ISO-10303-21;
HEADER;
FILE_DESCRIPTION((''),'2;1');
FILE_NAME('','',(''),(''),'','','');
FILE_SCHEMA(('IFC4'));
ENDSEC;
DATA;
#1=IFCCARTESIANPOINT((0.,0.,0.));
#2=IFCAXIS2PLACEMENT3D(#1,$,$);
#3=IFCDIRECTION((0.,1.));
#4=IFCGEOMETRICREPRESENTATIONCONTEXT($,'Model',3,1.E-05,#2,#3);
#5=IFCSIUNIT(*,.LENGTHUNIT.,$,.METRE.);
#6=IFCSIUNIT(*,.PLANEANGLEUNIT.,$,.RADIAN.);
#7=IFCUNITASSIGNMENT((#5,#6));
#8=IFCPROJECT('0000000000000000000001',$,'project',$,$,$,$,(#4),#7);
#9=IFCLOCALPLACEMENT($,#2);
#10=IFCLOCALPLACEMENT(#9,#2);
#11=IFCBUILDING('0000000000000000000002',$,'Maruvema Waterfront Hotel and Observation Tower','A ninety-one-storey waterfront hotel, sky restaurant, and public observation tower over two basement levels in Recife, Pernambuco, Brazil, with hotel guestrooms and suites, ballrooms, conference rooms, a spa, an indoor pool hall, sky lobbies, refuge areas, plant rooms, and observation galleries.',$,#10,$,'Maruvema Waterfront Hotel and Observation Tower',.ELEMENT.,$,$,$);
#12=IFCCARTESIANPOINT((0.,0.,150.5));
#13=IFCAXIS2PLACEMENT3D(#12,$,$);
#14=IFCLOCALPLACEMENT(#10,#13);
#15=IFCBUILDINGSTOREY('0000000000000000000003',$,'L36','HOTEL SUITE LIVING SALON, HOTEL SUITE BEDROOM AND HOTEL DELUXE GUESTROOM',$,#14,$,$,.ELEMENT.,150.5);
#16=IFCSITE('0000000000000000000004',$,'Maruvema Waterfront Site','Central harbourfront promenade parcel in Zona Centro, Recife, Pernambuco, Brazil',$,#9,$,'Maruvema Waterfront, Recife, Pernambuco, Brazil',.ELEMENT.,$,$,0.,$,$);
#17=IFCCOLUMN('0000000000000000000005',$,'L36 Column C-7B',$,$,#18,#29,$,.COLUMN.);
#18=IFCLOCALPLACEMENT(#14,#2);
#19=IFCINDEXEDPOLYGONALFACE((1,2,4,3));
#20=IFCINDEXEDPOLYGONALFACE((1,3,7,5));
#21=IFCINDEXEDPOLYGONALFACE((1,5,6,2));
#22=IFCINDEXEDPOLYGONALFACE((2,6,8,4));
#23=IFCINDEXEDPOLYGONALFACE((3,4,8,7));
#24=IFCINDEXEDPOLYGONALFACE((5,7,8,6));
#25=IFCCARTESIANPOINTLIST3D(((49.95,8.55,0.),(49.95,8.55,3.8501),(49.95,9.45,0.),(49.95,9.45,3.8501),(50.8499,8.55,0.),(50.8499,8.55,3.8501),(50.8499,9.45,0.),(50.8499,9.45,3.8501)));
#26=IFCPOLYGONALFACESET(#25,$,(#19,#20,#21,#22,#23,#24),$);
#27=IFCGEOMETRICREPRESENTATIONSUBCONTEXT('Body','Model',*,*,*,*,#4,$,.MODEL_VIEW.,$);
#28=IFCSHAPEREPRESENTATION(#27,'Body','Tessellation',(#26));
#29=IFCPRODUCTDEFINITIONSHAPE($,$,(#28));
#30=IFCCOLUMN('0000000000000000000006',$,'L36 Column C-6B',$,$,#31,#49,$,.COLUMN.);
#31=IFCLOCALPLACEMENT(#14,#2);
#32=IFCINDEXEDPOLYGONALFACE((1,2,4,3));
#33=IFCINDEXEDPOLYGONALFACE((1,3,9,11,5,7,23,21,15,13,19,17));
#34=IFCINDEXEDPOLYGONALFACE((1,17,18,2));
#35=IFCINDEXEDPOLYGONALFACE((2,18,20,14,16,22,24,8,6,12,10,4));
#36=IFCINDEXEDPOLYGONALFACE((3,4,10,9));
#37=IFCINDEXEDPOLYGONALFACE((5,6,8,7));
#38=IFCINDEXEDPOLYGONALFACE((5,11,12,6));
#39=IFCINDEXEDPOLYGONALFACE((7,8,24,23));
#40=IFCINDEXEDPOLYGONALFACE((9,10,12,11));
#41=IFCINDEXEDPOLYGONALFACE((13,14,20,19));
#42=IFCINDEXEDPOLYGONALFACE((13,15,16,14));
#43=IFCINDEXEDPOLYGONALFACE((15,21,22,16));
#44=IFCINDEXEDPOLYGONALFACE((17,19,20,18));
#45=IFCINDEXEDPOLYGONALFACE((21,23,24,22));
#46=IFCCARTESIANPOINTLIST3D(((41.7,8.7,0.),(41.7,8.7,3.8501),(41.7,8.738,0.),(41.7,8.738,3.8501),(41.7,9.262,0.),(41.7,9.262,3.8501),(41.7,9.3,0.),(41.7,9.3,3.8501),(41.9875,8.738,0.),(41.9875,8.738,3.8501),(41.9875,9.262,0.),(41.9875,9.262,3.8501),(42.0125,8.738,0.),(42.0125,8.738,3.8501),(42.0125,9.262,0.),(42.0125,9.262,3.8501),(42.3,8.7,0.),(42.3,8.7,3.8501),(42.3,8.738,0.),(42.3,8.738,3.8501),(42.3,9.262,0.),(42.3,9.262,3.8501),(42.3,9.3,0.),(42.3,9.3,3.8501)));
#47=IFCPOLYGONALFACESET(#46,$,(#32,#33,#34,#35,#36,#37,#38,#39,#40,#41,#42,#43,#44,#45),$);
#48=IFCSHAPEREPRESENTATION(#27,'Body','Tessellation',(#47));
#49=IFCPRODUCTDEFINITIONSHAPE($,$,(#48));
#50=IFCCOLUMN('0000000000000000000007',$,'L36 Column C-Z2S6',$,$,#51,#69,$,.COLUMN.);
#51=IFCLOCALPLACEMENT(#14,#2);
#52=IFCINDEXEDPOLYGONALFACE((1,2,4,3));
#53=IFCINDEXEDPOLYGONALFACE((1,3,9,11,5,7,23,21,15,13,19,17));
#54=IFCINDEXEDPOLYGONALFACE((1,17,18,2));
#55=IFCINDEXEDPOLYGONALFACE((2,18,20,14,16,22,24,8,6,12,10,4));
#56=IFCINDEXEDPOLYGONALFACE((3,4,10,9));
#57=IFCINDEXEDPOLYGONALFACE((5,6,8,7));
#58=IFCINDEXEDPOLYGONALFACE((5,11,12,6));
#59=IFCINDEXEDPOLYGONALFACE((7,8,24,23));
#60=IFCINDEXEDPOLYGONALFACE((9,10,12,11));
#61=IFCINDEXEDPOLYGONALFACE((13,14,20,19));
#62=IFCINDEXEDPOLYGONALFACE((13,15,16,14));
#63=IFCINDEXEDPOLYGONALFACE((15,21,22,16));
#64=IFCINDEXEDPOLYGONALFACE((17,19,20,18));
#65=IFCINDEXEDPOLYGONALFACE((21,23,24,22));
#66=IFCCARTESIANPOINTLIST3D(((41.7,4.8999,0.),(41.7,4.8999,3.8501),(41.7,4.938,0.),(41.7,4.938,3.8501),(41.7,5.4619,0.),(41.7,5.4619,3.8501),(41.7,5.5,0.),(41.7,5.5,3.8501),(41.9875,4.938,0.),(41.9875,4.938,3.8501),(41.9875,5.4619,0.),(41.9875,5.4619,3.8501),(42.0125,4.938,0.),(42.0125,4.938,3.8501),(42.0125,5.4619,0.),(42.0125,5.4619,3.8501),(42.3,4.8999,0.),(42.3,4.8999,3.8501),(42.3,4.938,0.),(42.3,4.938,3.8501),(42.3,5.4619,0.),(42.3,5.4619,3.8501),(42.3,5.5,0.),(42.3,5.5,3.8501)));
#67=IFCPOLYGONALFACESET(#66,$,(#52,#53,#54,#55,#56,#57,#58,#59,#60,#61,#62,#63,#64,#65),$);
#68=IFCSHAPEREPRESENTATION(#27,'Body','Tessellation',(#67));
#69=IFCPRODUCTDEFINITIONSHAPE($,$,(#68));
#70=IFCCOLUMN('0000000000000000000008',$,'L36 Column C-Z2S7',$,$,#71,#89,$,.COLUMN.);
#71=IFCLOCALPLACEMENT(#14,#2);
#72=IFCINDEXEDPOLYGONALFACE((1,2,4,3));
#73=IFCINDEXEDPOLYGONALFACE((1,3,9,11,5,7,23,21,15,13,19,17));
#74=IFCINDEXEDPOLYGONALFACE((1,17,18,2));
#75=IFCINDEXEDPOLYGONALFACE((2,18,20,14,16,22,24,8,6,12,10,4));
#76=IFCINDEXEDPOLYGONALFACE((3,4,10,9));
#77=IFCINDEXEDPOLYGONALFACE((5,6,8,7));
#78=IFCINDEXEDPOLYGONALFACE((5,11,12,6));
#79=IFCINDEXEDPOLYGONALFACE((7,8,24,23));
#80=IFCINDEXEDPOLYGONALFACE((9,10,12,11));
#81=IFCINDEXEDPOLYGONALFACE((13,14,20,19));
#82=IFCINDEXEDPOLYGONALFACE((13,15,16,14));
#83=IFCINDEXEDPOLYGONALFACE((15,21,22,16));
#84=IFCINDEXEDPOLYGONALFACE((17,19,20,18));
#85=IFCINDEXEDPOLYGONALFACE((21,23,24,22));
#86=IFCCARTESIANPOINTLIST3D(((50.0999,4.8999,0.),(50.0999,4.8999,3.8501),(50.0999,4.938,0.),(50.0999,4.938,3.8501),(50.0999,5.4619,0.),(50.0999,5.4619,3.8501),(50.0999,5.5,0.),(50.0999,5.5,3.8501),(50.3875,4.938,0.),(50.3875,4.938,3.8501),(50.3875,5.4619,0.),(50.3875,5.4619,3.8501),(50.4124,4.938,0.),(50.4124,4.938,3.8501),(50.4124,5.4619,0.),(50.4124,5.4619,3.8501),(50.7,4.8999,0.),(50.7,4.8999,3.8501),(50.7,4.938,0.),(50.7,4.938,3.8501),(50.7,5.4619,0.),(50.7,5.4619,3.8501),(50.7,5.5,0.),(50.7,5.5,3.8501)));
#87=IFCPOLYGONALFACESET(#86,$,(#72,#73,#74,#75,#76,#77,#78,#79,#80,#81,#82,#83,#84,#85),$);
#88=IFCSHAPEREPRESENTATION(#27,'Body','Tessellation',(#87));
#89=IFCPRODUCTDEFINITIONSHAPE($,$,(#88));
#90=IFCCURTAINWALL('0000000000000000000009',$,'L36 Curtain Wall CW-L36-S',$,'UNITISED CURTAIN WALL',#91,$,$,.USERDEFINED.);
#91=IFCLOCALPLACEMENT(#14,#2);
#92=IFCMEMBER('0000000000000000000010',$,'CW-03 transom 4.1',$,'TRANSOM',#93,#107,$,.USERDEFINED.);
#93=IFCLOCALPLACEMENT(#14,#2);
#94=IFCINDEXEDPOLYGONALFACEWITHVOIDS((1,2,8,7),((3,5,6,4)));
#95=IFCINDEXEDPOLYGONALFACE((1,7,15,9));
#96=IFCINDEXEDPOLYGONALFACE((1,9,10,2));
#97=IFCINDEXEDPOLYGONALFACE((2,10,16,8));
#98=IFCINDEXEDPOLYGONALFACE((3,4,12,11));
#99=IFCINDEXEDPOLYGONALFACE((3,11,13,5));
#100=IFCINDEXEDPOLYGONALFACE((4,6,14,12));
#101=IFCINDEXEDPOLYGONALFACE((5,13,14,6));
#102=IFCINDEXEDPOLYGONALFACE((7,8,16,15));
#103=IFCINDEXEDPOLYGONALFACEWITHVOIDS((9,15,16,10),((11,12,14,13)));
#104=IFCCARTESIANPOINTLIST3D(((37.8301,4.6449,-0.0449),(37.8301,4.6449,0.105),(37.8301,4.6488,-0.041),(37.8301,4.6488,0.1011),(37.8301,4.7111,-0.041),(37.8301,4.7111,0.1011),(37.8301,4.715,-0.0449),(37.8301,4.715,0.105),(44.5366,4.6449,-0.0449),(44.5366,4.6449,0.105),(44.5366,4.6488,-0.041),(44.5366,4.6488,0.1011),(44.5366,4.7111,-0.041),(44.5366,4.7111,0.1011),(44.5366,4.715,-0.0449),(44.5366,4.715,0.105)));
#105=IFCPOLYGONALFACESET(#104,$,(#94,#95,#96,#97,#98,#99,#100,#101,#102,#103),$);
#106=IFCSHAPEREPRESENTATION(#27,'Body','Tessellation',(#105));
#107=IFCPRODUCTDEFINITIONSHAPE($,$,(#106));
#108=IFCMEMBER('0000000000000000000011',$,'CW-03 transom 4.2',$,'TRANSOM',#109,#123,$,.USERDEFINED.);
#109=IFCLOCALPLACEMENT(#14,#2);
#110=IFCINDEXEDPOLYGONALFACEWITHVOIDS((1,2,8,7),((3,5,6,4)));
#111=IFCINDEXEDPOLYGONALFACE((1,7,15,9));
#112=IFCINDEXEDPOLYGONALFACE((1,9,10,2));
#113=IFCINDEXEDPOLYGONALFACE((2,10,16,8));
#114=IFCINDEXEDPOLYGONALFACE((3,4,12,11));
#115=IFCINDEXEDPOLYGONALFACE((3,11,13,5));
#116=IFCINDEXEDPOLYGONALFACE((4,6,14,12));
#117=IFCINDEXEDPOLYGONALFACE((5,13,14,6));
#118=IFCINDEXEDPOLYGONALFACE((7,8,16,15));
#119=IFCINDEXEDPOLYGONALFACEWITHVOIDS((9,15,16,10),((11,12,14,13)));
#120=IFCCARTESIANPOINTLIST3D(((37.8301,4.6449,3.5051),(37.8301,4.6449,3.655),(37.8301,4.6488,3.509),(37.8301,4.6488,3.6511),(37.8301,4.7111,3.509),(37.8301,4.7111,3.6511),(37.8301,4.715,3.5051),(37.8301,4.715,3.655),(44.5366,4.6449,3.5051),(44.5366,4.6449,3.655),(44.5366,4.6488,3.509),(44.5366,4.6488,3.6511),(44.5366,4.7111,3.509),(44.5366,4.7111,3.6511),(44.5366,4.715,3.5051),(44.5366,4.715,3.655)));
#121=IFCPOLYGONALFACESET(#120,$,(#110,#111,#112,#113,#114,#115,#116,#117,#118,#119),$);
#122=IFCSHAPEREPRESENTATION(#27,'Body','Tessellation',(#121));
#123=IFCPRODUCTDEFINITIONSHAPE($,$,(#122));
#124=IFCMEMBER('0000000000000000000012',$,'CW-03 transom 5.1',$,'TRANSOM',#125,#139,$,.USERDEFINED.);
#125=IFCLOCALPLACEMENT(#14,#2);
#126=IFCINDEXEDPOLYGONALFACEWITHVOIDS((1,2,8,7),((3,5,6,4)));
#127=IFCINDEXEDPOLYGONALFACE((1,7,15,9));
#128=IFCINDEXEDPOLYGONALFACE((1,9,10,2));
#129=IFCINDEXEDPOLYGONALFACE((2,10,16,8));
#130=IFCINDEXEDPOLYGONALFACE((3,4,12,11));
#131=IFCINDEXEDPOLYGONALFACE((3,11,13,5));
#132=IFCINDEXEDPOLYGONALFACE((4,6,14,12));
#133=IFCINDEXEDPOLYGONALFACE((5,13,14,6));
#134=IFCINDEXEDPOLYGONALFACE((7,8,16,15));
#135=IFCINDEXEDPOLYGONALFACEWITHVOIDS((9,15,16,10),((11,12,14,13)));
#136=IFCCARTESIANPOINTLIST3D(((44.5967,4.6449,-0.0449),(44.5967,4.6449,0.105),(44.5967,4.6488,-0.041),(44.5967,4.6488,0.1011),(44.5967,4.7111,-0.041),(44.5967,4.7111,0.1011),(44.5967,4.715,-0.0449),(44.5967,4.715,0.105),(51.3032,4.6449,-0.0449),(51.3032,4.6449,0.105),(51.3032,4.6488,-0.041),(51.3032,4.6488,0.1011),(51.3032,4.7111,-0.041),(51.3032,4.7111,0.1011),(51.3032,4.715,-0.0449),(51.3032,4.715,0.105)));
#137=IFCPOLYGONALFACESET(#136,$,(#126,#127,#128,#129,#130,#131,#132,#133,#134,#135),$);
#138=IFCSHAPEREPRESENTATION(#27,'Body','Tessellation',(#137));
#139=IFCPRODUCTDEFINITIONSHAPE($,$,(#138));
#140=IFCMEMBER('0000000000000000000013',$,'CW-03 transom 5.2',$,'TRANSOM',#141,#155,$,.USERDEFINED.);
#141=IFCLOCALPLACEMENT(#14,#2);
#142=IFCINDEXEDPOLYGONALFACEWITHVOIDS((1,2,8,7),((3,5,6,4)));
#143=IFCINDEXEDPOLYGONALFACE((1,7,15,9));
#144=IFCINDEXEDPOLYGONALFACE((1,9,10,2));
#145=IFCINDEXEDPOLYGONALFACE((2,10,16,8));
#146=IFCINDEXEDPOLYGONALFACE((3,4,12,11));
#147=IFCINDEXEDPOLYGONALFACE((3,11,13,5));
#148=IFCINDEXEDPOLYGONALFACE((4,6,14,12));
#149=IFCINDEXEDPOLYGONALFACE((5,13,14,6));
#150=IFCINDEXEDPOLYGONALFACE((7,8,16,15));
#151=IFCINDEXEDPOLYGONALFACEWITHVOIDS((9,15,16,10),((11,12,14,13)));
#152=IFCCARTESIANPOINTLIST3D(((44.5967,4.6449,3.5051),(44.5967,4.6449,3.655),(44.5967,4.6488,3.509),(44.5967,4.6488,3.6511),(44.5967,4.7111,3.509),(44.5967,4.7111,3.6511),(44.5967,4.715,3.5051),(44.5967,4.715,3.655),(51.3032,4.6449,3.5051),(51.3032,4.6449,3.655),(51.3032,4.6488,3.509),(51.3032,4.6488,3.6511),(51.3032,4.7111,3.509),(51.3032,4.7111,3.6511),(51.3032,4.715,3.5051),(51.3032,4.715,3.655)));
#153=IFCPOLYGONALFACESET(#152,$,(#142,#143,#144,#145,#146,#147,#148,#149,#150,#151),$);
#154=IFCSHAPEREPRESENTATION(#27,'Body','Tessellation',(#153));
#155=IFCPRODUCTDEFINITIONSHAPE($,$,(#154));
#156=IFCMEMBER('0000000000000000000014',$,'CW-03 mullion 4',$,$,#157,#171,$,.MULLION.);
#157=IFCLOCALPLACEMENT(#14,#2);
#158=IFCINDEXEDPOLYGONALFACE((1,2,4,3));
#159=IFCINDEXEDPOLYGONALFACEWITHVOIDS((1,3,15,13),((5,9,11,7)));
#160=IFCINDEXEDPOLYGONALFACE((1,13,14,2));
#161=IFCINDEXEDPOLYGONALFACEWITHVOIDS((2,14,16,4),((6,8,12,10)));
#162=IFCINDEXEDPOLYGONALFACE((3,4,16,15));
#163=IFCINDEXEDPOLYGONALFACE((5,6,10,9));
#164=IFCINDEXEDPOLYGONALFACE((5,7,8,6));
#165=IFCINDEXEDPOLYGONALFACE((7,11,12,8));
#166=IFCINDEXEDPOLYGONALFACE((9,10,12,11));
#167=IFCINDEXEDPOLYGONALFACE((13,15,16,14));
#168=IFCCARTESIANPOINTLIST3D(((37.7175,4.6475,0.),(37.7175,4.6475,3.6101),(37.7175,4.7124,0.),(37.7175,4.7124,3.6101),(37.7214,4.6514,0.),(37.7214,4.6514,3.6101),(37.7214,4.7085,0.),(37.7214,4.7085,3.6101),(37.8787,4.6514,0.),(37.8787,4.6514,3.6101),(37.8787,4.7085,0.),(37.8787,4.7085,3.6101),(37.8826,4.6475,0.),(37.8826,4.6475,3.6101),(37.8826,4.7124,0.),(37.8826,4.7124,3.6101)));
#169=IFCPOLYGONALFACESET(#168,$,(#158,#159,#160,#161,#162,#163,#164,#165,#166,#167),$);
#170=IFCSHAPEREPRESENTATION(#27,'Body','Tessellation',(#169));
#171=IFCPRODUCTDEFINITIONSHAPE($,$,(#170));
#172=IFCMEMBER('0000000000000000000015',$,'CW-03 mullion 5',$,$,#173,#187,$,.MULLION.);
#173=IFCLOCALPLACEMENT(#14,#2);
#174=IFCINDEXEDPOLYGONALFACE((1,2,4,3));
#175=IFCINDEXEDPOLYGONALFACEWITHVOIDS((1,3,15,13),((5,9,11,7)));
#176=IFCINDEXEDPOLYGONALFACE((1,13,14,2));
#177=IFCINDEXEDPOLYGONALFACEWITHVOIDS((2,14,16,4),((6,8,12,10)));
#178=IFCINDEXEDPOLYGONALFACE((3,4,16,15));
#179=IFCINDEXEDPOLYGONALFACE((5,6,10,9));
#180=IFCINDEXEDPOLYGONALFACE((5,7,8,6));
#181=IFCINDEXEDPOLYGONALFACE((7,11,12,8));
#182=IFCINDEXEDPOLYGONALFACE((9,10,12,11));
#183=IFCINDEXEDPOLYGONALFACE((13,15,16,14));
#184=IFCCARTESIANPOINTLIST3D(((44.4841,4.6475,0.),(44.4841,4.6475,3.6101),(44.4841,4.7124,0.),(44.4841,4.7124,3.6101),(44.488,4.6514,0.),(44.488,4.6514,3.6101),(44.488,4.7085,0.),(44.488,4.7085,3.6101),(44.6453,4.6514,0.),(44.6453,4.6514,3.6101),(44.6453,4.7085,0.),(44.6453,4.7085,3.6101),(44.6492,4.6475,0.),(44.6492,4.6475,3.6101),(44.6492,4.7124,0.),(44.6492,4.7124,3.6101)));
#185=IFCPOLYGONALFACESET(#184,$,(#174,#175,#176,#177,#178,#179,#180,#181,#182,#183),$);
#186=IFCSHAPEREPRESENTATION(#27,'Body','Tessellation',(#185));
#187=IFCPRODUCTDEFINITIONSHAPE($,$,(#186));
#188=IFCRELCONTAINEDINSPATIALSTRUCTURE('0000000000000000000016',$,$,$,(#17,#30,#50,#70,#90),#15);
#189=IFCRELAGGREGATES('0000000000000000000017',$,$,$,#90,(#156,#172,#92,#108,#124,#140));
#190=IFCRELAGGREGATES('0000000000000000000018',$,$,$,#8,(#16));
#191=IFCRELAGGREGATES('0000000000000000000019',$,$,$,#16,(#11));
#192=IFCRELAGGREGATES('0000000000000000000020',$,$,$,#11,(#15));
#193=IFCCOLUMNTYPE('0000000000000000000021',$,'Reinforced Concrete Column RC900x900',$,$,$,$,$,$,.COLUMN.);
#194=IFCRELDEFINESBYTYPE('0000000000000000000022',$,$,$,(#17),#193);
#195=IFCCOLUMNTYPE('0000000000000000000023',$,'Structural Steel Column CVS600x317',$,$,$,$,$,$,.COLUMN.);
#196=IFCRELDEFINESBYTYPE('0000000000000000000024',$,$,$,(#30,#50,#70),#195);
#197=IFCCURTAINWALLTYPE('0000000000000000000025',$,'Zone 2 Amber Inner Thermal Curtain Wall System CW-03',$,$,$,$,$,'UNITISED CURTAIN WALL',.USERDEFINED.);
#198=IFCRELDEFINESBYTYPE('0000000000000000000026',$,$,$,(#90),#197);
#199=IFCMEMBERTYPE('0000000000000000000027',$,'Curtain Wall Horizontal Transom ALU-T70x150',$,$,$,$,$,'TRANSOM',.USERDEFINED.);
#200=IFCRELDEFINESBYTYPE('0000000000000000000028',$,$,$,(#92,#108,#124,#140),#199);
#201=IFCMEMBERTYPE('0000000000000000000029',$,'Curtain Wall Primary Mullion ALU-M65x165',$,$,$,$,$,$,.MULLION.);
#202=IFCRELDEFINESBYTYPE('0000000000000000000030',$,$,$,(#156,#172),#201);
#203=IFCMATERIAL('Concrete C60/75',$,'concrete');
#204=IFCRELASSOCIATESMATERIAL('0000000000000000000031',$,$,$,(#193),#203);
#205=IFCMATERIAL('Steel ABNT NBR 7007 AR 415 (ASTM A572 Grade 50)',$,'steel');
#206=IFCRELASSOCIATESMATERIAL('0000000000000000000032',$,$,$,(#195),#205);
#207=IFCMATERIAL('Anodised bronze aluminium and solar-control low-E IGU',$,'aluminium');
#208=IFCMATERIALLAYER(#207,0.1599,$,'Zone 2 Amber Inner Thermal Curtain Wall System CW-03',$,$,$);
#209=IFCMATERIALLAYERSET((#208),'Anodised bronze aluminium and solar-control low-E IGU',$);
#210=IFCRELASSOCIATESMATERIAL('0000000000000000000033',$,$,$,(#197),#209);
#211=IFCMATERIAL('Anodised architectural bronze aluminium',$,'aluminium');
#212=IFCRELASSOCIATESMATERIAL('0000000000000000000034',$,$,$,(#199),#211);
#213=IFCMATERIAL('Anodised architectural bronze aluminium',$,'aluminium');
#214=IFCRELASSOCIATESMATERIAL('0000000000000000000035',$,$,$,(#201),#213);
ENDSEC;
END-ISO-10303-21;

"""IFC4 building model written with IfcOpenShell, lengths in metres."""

from ifc_helpers import new_model, si_unit, direction, frame, origin, origin_2d, place, context, subcontext, project, spatial, rectangle, hollow_rectangle, i_section, extrude, material, layer, layer_set, material_profile, profile_set, type_object, element, aggregate, save


model = new_model("IFC4")

# Units and contexts
model_context = context("Model", 3, precision=1e-05, world=origin(), true_north=direction((0.0, 1.0)))
body_context = subcontext(model_context, "Body", "Model", "MODEL_VIEW")
ifc_project = project(units=[si_unit("LENGTHUNIT", "METRE"), si_unit("PLANEANGLEUNIT", "RADIAN")], contexts=[model_context])

# Site, building, storey
site_placement = place(None, origin())
site = spatial("IfcSite", under=ifc_project, at=site_placement, Name="Maruvema Waterfront Site", Description="Central harbourfront promenade parcel in Zona Centro, Recife, Pernambuco, Brazil", LongName="Maruvema Waterfront, Recife, Pernambuco, Brazil", CompositionType="ELEMENT", RefElevation=0.0)
building_placement = place(site_placement, origin())
building = spatial("IfcBuilding", under=site, at=building_placement, Name="Maruvema Waterfront Hotel and Observation Tower", Description="A ninety-one-storey waterfront hotel, sky restaurant, and public observation tower over two basement levels in Recife, Pernambuco, Brazil, with hotel guestrooms and suites, ballrooms, conference rooms, a spa, an indoor pool hall, sky lobbies, refuge areas, plant rooms, and observation galleries.", LongName="Maruvema Waterfront Hotel and Observation Tower", CompositionType="ELEMENT")
storey_placement = place(building_placement, frame((0.0, 0.0, 150.5)))
storey = spatial("IfcBuildingStorey", under=building, at=storey_placement, Name="L36", Description="HOTEL SUITE LIVING SALON, HOTEL SUITE BEDROOM AND HOTEL DELUXE GUESTROOM", CompositionType="ELEMENT", Elevation=150.5)

# Columns
ifc_material_1 = material(Name="Concrete C60/75", Category="concrete")
ifc_material_profile_1 = material_profile(ifc_material_1, rectangle(XDim=0.8999, YDim=0.8999, at=origin_2d()), Name="RC900x900")
ifc_profile_set_1 = profile_set([ifc_material_profile_1], Name="Concrete C60/75")
column_type_1 = type_object("IfcColumnType", Name="Reinforced Concrete Column RC900x900", PredefinedType="COLUMN", material=ifc_profile_set_1)
column_placement = place(storey_placement, frame((50.3999, 9.0, 0.0), z_axis=(0.0, 0.0, 1.0), x_axis=(1.0, 0.0, 0.0)))
element("IfcColumn", 1, at=column_placement, inside=storey, type_object=column_type_1, Name="L36 Column C-7B", PredefinedType="COLUMN", context=body_context, shape_type="SweptSolid", body=[
    extrude(rectangle(XDim=0.8999, YDim=0.8999, at=origin_2d()), origin(), (0.0, 0.0, 1.0), 3.8501),
])
ifc_material_2 = material(Name="Steel ABNT NBR 7007 AR 415 (ASTM A572 Grade 50)", Category="steel")
ifc_material_profile_2 = material_profile(ifc_material_2, i_section(OverallWidth=0.6001, OverallDepth=0.6001, WebThickness=0.0249, FlangeThickness=0.0381, at=origin_2d()), Name="CVS600x317")
ifc_profile_set_2 = profile_set([ifc_material_profile_2], Name="Steel ABNT NBR 7007 AR 415 (ASTM A572 Grade 50)")
column_type_2 = type_object("IfcColumnType", Name="Structural Steel Column CVS600x317", PredefinedType="COLUMN", material=ifc_profile_set_2)
for number, where, z_axis, x_axis, name in (
    (2, (42.0, 9.0, 0.0), (0.0, 0.0, 1.0), (1.0, 0.0, 0.0), "L36 Column C-6B"),
    (3, (42.0, 5.2, 0.0), (0.0, 0.0, 1.0), (1.0, 0.0, 0.0), "L36 Column C-Z2S6"),
    (4, (50.3999, 5.2, 0.0), (0.0, 0.0, 1.0), (1.0, 0.0, 0.0), "L36 Column C-Z2S7"),
):
    element("IfcColumn", number, at=place(storey_placement, frame(where, z_axis=z_axis, x_axis=x_axis)), inside=storey, type_object=column_type_2, Name=name, PredefinedType="COLUMN", context=body_context, shape_type="SweptSolid", body=[
        extrude(i_section(OverallWidth=0.6001, OverallDepth=0.6001, WebThickness=0.0249, FlangeThickness=0.0381, at=origin_2d()), origin(), (0.0, 0.0, 1.0), 3.8501),
    ])

# Curtain wall, members
ifc_material_3 = material(Name="Anodised bronze aluminium and solar-control low-E IGU", Category="aluminium")
ifc_layer_1 = layer(ifc_material_3, 0.1599, Name="Zone 2 Amber Inner Thermal Curtain Wall System CW-03")
ifc_layer_set_1 = layer_set([ifc_layer_1], Name="Anodised bronze aluminium and solar-control low-E IGU")
curtain_wall_type = type_object("IfcCurtainWallType", Name="Zone 2 Amber Inner Thermal Curtain Wall System CW-03", ElementType="UNITISED CURTAIN WALL", PredefinedType="USERDEFINED", material=ifc_layer_set_1)
curtain_wall_placement = place(storey_placement, origin())
curtain_wall = element("IfcCurtainWall", 5, at=curtain_wall_placement, inside=storey, type_object=curtain_wall_type, Name="L36 Curtain Wall CW-L36-S", ObjectType="UNITISED CURTAIN WALL", PredefinedType="USERDEFINED")
ifc_material_4 = material(Name="Anodised architectural bronze aluminium", Category="aluminium")
ifc_material_profile_3 = material_profile(ifc_material_4, hollow_rectangle(XDim=0.0701, YDim=0.1499, WallThickness=0.0039, at=origin_2d()), Name="ALU-T70x150")
ifc_profile_set_3 = profile_set([ifc_material_profile_3], Name="Anodised architectural bronze aluminium")
member_type_1 = type_object("IfcMemberType", Name="Curtain Wall Horizontal Transom ALU-T70x150", ElementType="TRANSOM", PredefinedType="USERDEFINED", material=ifc_profile_set_3)
member_1_placement = place(storey_placement, frame((37.8301, 4.6799, 0.03), z_axis=(1.0, 0.0, 0.0), x_axis=(0.0, 1.0, 0.0)))
member_1 = element("IfcMember", 6, at=member_1_placement, type_object=member_type_1, Name="CW-03 transom 4.1", ObjectType="TRANSOM", PredefinedType="USERDEFINED", context=body_context, shape_type="SweptSolid", body=[
    extrude(hollow_rectangle(XDim=0.0701, YDim=0.1499, WallThickness=0.0039, at=origin_2d()), origin(), (0.0, 0.0, 1.0), 6.7065),
])
member_2_placement = place(storey_placement, frame((37.8301, 4.6799, 3.5801), z_axis=(1.0, 0.0, 0.0), x_axis=(0.0, 1.0, 0.0)))
member_2 = element("IfcMember", 7, at=member_2_placement, type_object=member_type_1, Name="CW-03 transom 4.2", ObjectType="TRANSOM", PredefinedType="USERDEFINED", context=body_context, shape_type="SweptSolid", body=[
    extrude(hollow_rectangle(XDim=0.0701, YDim=0.1499, WallThickness=0.0039, at=origin_2d()), origin(), (0.0, 0.0, 1.0), 6.7065),
])
member_3_placement = place(storey_placement, frame((44.5967, 4.6799, 0.03), z_axis=(1.0, 0.0, 0.0), x_axis=(0.0, 1.0, 0.0)))
member_3 = element("IfcMember", 8, at=member_3_placement, type_object=member_type_1, Name="CW-03 transom 5.1", ObjectType="TRANSOM", PredefinedType="USERDEFINED", context=body_context, shape_type="SweptSolid", body=[
    extrude(hollow_rectangle(XDim=0.0701, YDim=0.1499, WallThickness=0.0039, at=origin_2d()), origin(), (0.0, 0.0, 1.0), 6.7065),
])
member_4_placement = place(storey_placement, frame((44.5967, 4.6799, 3.5801), z_axis=(1.0, 0.0, 0.0), x_axis=(0.0, 1.0, 0.0)))
member_4 = element("IfcMember", 9, at=member_4_placement, type_object=member_type_1, Name="CW-03 transom 5.2", ObjectType="TRANSOM", PredefinedType="USERDEFINED", context=body_context, shape_type="SweptSolid", body=[
    extrude(hollow_rectangle(XDim=0.0701, YDim=0.1499, WallThickness=0.0039, at=origin_2d()), origin(), (0.0, 0.0, 1.0), 6.7065),
])
ifc_material_5 = material(Name="Anodised architectural bronze aluminium", Category="aluminium")
ifc_material_profile_4 = material_profile(ifc_material_5, hollow_rectangle(XDim=0.0649, YDim=0.165, WallThickness=0.0039, at=origin_2d()), Name="ALU-M65x165")
ifc_profile_set_4 = profile_set([ifc_material_profile_4], Name="Anodised architectural bronze aluminium")
member_type_2 = type_object("IfcMemberType", Name="Curtain Wall Primary Mullion ALU-M65x165", PredefinedType="MULLION", material=ifc_profile_set_4)
member_5_placement = place(storey_placement, frame((37.8, 4.6799, 0.0), z_axis=(0.0, 0.0, 1.0), x_axis=(0.0, 1.0, 0.0)))
member_5 = element("IfcMember", 10, at=member_5_placement, type_object=member_type_2, Name="CW-03 mullion 4", PredefinedType="MULLION", context=body_context, shape_type="SweptSolid", body=[
    extrude(hollow_rectangle(XDim=0.0649, YDim=0.165, WallThickness=0.0039, at=origin_2d()), origin(), (0.0, 0.0, 1.0), 3.6101),
])
member_6_placement = place(storey_placement, frame((44.5667, 4.6799, 0.0), z_axis=(0.0, 0.0, 1.0), x_axis=(0.0, 1.0, 0.0)))
member_6 = element("IfcMember", 11, at=member_6_placement, type_object=member_type_2, Name="CW-03 mullion 5", PredefinedType="MULLION", context=body_context, shape_type="SweptSolid", body=[
    extrude(hollow_rectangle(XDim=0.0649, YDim=0.165, WallThickness=0.0039, at=origin_2d()), origin(), (0.0, 0.0, 1.0), 3.6101),
])

aggregate(curtain_wall, [member_5, member_6, member_1, member_2, member_3, member_4])

save(model, "model.ifc")
